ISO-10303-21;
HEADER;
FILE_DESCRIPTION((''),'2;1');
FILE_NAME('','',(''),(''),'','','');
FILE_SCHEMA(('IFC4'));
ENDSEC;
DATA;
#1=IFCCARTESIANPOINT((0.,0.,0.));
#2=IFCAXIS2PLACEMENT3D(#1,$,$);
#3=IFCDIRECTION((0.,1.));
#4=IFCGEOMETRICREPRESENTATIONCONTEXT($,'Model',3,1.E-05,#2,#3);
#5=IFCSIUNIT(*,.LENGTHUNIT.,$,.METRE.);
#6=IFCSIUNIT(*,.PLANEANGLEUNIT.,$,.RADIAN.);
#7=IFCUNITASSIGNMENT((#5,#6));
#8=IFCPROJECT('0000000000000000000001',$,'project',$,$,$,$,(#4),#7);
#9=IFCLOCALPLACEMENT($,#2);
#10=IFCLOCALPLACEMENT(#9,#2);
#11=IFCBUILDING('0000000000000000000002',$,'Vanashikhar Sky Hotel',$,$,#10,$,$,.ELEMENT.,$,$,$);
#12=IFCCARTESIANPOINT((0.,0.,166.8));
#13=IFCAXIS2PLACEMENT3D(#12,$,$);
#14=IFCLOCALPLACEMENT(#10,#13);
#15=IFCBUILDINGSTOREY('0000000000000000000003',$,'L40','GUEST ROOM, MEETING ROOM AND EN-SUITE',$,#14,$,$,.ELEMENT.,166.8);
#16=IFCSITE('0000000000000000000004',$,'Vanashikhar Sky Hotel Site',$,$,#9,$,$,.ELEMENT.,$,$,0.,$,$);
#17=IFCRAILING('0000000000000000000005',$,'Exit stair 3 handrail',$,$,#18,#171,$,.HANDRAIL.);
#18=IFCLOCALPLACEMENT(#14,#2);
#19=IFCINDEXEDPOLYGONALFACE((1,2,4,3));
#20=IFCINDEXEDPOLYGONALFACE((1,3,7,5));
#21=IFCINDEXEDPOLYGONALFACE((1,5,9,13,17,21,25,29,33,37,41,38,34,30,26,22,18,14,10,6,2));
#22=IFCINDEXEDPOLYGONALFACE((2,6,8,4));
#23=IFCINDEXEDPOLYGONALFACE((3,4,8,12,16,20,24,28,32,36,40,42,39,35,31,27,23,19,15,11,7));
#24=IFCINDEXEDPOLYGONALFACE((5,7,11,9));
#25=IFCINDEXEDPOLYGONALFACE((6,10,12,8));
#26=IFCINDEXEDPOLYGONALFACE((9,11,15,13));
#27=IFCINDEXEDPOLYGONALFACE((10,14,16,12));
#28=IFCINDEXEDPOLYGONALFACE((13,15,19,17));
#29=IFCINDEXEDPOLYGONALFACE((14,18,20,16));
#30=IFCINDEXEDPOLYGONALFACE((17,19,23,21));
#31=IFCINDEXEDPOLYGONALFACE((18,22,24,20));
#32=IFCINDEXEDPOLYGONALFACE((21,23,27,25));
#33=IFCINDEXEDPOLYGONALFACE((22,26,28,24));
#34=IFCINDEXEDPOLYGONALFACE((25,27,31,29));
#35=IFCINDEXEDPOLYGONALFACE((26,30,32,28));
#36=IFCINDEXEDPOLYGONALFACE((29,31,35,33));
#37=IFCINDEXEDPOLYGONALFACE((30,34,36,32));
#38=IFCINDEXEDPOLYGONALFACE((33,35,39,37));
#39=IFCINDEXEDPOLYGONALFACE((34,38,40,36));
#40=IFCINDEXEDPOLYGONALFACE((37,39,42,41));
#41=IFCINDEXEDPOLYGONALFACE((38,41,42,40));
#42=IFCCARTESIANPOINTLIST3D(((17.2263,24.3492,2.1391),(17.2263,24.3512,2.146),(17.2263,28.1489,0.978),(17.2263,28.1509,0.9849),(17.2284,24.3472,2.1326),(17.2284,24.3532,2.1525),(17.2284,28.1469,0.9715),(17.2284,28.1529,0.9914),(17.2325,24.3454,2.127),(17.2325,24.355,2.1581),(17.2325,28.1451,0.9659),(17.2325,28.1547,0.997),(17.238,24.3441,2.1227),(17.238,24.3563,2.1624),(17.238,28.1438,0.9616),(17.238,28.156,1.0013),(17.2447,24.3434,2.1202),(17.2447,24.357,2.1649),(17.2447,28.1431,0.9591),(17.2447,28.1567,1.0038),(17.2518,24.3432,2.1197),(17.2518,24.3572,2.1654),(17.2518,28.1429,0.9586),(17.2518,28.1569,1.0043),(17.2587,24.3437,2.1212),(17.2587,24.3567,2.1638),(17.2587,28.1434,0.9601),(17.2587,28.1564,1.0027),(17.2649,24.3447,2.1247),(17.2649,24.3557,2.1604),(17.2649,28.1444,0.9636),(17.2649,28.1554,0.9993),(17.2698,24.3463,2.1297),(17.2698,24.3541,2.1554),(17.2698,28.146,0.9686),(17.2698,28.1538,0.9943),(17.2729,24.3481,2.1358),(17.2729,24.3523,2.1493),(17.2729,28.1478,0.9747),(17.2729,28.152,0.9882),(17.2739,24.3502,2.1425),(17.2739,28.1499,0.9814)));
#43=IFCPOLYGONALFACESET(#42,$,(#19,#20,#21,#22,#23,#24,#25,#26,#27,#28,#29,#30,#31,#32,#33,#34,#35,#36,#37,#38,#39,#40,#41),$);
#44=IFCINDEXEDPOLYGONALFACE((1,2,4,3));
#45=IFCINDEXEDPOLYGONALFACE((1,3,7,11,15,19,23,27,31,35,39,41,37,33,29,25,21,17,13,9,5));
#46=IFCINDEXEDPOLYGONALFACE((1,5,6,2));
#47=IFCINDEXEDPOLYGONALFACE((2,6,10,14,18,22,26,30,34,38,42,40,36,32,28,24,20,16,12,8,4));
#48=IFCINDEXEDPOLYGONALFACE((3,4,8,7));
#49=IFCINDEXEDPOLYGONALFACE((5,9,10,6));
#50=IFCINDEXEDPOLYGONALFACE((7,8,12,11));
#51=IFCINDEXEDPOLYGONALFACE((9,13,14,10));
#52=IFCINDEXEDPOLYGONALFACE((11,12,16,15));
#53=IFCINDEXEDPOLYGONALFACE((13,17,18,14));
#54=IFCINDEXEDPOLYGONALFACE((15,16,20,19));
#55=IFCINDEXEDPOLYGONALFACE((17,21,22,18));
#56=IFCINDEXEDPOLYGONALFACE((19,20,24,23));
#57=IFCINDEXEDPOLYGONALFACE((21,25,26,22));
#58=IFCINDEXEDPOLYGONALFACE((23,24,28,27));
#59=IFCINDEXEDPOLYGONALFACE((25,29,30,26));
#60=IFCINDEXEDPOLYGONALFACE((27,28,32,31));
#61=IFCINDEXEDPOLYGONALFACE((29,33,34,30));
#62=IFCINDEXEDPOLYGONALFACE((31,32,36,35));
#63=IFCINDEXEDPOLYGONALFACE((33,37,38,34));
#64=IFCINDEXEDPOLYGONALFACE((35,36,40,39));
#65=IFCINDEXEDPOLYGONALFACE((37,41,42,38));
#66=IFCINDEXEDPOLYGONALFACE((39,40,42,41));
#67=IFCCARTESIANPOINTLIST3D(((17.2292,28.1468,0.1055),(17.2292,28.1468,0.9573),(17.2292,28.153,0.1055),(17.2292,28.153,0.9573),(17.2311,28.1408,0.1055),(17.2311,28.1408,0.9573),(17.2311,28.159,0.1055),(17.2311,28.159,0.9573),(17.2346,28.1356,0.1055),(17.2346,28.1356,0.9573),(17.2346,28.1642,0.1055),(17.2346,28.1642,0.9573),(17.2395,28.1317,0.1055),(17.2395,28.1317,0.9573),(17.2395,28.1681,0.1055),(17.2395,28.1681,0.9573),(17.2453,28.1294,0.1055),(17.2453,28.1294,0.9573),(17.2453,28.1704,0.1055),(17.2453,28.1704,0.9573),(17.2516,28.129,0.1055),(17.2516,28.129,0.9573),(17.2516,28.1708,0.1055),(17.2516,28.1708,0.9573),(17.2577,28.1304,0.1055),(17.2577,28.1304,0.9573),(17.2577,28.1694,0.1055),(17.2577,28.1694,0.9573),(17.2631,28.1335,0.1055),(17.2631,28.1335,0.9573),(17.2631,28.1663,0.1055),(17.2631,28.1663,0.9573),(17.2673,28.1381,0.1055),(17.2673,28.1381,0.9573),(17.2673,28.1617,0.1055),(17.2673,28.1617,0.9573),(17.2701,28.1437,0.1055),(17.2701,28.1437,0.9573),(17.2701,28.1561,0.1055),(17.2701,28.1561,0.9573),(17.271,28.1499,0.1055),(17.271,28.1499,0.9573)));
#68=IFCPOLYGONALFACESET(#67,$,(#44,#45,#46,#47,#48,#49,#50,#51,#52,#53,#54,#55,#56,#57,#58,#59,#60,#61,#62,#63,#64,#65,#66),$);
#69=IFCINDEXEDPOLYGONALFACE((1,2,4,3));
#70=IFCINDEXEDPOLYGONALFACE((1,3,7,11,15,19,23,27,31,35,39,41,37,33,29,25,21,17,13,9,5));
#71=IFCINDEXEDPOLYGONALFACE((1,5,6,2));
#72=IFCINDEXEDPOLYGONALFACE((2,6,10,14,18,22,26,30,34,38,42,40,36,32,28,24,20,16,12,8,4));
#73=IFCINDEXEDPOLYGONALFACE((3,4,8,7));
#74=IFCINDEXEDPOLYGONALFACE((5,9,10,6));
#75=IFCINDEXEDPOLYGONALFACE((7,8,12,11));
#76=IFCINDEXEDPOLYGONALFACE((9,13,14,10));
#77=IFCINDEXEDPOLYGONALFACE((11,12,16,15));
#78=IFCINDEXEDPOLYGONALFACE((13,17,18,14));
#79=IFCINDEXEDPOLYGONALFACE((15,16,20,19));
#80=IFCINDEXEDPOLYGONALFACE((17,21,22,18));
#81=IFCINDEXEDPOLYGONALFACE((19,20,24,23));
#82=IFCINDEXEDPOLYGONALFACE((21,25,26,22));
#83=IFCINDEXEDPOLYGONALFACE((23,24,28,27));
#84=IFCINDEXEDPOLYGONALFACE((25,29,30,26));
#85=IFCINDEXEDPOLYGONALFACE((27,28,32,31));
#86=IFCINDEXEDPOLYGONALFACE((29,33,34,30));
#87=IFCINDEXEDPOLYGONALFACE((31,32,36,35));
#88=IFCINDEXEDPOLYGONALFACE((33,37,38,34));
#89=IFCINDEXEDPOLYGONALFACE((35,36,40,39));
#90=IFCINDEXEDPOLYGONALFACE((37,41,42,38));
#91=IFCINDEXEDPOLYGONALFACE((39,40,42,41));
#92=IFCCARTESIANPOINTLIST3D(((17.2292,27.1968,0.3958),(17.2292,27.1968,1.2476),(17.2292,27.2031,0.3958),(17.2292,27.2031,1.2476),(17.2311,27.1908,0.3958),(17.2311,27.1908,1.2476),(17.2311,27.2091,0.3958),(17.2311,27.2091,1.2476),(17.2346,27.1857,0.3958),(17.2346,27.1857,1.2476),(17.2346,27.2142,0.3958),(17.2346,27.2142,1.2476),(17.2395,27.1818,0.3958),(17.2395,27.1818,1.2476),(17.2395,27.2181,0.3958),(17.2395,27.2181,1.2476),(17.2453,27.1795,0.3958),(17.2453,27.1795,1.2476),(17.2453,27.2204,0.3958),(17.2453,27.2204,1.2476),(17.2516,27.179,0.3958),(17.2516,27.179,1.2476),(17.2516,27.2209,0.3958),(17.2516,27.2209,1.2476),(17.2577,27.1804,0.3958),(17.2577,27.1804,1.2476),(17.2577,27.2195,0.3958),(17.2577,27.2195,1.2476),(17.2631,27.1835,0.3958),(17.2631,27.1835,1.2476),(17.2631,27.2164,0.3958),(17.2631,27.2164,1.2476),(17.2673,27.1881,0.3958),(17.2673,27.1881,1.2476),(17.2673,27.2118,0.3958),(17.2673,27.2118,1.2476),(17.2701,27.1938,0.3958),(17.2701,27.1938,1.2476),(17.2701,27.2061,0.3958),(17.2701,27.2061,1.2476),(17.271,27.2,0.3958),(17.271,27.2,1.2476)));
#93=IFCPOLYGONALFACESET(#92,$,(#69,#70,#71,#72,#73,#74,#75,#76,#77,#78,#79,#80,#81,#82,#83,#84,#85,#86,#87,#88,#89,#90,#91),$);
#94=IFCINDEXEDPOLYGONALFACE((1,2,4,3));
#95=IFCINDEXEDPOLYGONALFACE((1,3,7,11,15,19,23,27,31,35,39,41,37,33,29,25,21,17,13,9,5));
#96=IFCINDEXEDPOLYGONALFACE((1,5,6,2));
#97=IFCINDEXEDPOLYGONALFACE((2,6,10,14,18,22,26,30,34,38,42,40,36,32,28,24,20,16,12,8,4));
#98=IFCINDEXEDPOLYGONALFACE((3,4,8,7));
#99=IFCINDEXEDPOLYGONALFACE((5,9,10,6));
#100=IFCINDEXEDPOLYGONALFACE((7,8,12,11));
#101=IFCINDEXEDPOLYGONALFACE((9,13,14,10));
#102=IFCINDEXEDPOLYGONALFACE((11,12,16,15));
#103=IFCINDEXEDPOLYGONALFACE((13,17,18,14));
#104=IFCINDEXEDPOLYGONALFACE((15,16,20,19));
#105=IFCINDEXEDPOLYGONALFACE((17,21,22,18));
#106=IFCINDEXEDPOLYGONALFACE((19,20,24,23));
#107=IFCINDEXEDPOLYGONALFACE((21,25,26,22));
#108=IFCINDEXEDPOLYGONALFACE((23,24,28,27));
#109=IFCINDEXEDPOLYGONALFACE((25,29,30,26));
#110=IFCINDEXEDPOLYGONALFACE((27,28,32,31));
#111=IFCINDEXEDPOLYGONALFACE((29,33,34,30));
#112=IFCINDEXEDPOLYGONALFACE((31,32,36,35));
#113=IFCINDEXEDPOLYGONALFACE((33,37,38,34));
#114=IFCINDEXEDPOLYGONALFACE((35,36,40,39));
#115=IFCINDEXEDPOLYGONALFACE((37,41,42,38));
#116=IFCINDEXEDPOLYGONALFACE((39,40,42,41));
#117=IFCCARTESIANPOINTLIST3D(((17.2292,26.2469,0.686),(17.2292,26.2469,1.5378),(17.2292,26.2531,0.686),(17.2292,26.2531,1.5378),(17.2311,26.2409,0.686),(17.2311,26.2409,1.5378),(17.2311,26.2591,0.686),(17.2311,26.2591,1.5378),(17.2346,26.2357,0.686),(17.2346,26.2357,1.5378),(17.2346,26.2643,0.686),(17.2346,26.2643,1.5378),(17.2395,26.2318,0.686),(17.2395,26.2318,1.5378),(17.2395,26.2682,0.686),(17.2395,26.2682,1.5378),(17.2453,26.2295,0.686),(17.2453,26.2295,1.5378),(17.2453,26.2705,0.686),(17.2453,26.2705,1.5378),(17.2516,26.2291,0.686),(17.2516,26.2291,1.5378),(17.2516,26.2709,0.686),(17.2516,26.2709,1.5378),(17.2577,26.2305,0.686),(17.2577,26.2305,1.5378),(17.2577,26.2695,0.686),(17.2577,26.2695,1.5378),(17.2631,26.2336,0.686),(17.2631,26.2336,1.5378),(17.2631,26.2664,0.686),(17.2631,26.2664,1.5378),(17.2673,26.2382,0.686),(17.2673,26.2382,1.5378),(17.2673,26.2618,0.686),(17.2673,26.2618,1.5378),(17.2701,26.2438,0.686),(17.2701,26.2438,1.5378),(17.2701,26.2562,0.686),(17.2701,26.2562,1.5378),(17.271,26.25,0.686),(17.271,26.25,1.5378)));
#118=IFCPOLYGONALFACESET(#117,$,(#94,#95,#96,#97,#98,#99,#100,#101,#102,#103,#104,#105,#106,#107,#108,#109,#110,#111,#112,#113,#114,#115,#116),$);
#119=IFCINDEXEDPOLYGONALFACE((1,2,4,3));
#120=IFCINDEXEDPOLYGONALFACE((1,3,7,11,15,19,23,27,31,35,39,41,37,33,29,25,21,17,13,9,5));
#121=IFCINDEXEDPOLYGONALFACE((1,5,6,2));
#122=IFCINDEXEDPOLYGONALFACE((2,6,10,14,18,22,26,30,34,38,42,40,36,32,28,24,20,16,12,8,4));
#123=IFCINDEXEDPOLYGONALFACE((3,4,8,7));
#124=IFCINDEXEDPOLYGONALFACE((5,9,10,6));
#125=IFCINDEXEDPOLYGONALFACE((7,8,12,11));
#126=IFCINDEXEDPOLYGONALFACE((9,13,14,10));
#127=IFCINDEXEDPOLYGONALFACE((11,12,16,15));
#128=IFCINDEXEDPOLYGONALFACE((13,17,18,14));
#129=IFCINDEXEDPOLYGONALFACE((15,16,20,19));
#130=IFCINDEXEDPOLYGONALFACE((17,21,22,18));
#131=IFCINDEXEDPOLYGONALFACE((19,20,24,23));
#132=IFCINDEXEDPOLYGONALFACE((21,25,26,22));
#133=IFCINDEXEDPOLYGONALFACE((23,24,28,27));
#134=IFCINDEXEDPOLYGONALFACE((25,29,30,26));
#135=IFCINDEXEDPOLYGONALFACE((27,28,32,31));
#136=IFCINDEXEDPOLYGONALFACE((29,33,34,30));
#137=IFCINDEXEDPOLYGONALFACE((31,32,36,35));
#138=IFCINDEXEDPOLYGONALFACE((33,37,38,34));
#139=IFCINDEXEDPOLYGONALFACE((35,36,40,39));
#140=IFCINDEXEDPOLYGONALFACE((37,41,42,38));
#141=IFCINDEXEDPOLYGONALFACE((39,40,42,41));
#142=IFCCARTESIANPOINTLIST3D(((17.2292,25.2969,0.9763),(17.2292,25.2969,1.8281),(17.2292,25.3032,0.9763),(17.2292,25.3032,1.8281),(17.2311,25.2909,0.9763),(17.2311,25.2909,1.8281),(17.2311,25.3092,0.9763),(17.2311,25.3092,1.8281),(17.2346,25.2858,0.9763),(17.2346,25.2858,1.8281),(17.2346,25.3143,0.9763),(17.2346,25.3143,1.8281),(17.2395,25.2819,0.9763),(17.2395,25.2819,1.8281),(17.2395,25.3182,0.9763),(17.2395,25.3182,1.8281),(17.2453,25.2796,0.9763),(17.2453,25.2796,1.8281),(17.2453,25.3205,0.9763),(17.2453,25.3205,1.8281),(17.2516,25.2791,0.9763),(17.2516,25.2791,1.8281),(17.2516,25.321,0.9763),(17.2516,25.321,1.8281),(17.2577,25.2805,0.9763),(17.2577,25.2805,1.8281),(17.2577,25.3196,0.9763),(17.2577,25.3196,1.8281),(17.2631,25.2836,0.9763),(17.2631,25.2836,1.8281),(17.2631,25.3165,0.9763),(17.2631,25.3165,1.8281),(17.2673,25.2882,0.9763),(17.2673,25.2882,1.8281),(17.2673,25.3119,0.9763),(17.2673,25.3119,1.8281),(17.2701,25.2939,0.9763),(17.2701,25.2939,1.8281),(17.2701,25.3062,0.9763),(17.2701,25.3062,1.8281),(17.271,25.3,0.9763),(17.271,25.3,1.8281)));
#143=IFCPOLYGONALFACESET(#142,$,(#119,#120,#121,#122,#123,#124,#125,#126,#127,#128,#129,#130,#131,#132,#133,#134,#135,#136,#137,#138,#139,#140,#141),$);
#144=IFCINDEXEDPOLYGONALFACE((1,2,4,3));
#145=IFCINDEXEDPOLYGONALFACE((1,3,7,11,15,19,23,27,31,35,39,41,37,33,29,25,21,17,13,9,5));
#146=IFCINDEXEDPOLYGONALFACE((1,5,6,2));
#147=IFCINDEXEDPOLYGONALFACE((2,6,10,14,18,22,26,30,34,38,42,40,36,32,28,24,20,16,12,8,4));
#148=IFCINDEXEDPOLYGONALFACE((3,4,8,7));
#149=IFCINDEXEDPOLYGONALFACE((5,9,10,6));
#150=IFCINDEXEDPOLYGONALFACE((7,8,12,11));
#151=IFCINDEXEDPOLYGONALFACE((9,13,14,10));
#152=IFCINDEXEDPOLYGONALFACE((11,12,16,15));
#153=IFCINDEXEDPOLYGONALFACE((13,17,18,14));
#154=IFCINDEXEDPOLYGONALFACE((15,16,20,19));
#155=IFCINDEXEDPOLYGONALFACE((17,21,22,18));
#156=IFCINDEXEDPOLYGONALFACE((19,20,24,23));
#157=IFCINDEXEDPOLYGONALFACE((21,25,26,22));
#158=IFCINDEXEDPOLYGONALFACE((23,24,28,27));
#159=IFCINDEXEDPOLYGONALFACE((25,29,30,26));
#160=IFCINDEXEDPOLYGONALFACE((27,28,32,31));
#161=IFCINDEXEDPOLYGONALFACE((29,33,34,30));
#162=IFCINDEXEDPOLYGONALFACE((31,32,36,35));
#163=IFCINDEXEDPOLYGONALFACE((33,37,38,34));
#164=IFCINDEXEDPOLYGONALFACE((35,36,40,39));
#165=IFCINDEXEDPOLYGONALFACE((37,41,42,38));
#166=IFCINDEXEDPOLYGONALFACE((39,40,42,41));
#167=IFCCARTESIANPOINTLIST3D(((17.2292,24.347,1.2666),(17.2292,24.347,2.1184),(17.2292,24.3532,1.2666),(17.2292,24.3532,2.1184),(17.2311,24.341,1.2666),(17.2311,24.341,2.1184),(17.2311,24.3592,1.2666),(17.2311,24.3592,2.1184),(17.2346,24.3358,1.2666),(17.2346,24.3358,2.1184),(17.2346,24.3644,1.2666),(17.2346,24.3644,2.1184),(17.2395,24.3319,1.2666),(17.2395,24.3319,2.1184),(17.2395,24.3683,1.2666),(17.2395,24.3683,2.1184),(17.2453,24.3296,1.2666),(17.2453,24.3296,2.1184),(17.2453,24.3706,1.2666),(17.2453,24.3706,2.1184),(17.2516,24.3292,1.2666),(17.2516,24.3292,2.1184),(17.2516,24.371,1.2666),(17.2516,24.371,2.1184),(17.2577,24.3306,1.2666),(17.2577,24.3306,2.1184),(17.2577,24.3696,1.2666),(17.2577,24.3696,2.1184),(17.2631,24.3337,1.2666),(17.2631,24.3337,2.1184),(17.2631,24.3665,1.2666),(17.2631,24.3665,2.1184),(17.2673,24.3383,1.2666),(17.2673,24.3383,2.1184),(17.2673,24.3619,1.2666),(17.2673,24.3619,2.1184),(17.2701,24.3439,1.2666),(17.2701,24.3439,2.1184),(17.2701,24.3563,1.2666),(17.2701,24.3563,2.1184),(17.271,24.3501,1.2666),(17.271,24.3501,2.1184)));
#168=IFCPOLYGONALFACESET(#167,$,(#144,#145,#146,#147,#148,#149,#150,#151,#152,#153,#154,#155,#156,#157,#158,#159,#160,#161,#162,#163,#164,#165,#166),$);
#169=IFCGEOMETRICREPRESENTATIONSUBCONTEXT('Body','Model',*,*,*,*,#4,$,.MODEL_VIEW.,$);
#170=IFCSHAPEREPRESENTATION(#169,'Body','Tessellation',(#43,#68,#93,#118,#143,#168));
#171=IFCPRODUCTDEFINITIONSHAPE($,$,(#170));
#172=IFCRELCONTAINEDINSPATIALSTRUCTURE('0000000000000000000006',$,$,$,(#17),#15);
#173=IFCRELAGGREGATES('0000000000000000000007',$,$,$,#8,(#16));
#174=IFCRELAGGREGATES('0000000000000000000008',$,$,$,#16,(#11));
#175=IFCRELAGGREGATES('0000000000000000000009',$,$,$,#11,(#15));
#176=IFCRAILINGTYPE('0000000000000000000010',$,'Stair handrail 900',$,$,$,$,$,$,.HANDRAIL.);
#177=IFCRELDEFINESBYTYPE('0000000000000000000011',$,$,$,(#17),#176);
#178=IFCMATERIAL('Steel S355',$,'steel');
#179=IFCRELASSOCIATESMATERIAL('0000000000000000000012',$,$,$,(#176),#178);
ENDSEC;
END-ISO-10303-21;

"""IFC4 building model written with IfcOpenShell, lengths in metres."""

from ifc_helpers import new_model, si_unit, direction, frame, origin, origin_2d, place, context, subcontext, project, spatial, circle, extrude, source, transform, mapped, material, type_object, element, save


model = new_model("IFC4")

# Units and contexts
model_context = context("Model", 3, precision=1e-05, world=origin(), true_north=direction((0.0, 1.0)))
body_context = subcontext(model_context, "Body", "Model", "MODEL_VIEW")
ifc_project = project(units=[si_unit("LENGTHUNIT", "METRE"), si_unit("PLANEANGLEUNIT", "RADIAN")], contexts=[model_context])

# Site, building, storey
site_placement = place(None, origin())
site = spatial("IfcSite", under=ifc_project, at=site_placement, Name="Vanashikhar Sky Hotel Site", CompositionType="ELEMENT", RefElevation=0.0)
building_placement = place(site_placement, origin())
building = spatial("IfcBuilding", under=site, at=building_placement, Name="Vanashikhar Sky Hotel", CompositionType="ELEMENT")
storey_placement = place(building_placement, frame((0.0, 0.0, 166.8)))
storey = spatial("IfcBuildingStorey", under=building, at=storey_placement, Name="L40", Description="GUEST ROOM, MEETING ROOM AND EN-SUITE", CompositionType="ELEMENT", Elevation=166.8)

# Railing
ifc_material_1 = material(Name="Steel S355", Category="steel")
railing_type_1 = type_object("IfcRailingType", Name="Stair handrail 900", PredefinedType="HANDRAIL", material=ifc_material_1)
shared_shape_1 = source(origin(), body_context, "Body", "SweptSolid", [
    extrude(circle(Radius=0.0239, at=origin_2d()), frame((0.0, 0.0, 0.876), z_axis=(0.0, -0.956346, 0.292237), x_axis=(1.0, 0.0, 0.0)), (0.0, 0.0, 1.0), 3.9731),
    extrude(circle(Radius=0.021, at=origin_2d()), origin(), (0.0, 0.0, 1.0), 0.8518),
    extrude(circle(Radius=0.021, at=origin_2d()), frame((0.0, -0.95, 0.2903)), (0.0, 0.0, 1.0), 0.8518),
    extrude(circle(Radius=0.021, at=origin_2d()), frame((0.0, -1.8999, 0.5806)), (0.0, 0.0, 1.0), 0.8518),
    extrude(circle(Radius=0.021, at=origin_2d()), frame((0.0, -2.8499, 0.8708)), (0.0, 0.0, 1.0), 0.8518),
    extrude(circle(Radius=0.021, at=origin_2d()), frame((0.0, -3.7998, 1.1611)), (0.0, 0.0, 1.0), 0.8518),
])
for number, where, name in (
    (1, (17.25, 28.1499, 0.1055), "Exit stair 3 handrail"),
):
    element("IfcRailing", number, at=place(storey_placement, frame(where)), inside=storey, type_object=railing_type_1, Name=name, PredefinedType="HANDRAIL", context=body_context, shape_type="MappedRepresentation", body=[
        mapped(shared_shape_1, transform((0.0, 0.0, 0.0), scale=1.0)),
    ])

save(model, "model.ifc")
